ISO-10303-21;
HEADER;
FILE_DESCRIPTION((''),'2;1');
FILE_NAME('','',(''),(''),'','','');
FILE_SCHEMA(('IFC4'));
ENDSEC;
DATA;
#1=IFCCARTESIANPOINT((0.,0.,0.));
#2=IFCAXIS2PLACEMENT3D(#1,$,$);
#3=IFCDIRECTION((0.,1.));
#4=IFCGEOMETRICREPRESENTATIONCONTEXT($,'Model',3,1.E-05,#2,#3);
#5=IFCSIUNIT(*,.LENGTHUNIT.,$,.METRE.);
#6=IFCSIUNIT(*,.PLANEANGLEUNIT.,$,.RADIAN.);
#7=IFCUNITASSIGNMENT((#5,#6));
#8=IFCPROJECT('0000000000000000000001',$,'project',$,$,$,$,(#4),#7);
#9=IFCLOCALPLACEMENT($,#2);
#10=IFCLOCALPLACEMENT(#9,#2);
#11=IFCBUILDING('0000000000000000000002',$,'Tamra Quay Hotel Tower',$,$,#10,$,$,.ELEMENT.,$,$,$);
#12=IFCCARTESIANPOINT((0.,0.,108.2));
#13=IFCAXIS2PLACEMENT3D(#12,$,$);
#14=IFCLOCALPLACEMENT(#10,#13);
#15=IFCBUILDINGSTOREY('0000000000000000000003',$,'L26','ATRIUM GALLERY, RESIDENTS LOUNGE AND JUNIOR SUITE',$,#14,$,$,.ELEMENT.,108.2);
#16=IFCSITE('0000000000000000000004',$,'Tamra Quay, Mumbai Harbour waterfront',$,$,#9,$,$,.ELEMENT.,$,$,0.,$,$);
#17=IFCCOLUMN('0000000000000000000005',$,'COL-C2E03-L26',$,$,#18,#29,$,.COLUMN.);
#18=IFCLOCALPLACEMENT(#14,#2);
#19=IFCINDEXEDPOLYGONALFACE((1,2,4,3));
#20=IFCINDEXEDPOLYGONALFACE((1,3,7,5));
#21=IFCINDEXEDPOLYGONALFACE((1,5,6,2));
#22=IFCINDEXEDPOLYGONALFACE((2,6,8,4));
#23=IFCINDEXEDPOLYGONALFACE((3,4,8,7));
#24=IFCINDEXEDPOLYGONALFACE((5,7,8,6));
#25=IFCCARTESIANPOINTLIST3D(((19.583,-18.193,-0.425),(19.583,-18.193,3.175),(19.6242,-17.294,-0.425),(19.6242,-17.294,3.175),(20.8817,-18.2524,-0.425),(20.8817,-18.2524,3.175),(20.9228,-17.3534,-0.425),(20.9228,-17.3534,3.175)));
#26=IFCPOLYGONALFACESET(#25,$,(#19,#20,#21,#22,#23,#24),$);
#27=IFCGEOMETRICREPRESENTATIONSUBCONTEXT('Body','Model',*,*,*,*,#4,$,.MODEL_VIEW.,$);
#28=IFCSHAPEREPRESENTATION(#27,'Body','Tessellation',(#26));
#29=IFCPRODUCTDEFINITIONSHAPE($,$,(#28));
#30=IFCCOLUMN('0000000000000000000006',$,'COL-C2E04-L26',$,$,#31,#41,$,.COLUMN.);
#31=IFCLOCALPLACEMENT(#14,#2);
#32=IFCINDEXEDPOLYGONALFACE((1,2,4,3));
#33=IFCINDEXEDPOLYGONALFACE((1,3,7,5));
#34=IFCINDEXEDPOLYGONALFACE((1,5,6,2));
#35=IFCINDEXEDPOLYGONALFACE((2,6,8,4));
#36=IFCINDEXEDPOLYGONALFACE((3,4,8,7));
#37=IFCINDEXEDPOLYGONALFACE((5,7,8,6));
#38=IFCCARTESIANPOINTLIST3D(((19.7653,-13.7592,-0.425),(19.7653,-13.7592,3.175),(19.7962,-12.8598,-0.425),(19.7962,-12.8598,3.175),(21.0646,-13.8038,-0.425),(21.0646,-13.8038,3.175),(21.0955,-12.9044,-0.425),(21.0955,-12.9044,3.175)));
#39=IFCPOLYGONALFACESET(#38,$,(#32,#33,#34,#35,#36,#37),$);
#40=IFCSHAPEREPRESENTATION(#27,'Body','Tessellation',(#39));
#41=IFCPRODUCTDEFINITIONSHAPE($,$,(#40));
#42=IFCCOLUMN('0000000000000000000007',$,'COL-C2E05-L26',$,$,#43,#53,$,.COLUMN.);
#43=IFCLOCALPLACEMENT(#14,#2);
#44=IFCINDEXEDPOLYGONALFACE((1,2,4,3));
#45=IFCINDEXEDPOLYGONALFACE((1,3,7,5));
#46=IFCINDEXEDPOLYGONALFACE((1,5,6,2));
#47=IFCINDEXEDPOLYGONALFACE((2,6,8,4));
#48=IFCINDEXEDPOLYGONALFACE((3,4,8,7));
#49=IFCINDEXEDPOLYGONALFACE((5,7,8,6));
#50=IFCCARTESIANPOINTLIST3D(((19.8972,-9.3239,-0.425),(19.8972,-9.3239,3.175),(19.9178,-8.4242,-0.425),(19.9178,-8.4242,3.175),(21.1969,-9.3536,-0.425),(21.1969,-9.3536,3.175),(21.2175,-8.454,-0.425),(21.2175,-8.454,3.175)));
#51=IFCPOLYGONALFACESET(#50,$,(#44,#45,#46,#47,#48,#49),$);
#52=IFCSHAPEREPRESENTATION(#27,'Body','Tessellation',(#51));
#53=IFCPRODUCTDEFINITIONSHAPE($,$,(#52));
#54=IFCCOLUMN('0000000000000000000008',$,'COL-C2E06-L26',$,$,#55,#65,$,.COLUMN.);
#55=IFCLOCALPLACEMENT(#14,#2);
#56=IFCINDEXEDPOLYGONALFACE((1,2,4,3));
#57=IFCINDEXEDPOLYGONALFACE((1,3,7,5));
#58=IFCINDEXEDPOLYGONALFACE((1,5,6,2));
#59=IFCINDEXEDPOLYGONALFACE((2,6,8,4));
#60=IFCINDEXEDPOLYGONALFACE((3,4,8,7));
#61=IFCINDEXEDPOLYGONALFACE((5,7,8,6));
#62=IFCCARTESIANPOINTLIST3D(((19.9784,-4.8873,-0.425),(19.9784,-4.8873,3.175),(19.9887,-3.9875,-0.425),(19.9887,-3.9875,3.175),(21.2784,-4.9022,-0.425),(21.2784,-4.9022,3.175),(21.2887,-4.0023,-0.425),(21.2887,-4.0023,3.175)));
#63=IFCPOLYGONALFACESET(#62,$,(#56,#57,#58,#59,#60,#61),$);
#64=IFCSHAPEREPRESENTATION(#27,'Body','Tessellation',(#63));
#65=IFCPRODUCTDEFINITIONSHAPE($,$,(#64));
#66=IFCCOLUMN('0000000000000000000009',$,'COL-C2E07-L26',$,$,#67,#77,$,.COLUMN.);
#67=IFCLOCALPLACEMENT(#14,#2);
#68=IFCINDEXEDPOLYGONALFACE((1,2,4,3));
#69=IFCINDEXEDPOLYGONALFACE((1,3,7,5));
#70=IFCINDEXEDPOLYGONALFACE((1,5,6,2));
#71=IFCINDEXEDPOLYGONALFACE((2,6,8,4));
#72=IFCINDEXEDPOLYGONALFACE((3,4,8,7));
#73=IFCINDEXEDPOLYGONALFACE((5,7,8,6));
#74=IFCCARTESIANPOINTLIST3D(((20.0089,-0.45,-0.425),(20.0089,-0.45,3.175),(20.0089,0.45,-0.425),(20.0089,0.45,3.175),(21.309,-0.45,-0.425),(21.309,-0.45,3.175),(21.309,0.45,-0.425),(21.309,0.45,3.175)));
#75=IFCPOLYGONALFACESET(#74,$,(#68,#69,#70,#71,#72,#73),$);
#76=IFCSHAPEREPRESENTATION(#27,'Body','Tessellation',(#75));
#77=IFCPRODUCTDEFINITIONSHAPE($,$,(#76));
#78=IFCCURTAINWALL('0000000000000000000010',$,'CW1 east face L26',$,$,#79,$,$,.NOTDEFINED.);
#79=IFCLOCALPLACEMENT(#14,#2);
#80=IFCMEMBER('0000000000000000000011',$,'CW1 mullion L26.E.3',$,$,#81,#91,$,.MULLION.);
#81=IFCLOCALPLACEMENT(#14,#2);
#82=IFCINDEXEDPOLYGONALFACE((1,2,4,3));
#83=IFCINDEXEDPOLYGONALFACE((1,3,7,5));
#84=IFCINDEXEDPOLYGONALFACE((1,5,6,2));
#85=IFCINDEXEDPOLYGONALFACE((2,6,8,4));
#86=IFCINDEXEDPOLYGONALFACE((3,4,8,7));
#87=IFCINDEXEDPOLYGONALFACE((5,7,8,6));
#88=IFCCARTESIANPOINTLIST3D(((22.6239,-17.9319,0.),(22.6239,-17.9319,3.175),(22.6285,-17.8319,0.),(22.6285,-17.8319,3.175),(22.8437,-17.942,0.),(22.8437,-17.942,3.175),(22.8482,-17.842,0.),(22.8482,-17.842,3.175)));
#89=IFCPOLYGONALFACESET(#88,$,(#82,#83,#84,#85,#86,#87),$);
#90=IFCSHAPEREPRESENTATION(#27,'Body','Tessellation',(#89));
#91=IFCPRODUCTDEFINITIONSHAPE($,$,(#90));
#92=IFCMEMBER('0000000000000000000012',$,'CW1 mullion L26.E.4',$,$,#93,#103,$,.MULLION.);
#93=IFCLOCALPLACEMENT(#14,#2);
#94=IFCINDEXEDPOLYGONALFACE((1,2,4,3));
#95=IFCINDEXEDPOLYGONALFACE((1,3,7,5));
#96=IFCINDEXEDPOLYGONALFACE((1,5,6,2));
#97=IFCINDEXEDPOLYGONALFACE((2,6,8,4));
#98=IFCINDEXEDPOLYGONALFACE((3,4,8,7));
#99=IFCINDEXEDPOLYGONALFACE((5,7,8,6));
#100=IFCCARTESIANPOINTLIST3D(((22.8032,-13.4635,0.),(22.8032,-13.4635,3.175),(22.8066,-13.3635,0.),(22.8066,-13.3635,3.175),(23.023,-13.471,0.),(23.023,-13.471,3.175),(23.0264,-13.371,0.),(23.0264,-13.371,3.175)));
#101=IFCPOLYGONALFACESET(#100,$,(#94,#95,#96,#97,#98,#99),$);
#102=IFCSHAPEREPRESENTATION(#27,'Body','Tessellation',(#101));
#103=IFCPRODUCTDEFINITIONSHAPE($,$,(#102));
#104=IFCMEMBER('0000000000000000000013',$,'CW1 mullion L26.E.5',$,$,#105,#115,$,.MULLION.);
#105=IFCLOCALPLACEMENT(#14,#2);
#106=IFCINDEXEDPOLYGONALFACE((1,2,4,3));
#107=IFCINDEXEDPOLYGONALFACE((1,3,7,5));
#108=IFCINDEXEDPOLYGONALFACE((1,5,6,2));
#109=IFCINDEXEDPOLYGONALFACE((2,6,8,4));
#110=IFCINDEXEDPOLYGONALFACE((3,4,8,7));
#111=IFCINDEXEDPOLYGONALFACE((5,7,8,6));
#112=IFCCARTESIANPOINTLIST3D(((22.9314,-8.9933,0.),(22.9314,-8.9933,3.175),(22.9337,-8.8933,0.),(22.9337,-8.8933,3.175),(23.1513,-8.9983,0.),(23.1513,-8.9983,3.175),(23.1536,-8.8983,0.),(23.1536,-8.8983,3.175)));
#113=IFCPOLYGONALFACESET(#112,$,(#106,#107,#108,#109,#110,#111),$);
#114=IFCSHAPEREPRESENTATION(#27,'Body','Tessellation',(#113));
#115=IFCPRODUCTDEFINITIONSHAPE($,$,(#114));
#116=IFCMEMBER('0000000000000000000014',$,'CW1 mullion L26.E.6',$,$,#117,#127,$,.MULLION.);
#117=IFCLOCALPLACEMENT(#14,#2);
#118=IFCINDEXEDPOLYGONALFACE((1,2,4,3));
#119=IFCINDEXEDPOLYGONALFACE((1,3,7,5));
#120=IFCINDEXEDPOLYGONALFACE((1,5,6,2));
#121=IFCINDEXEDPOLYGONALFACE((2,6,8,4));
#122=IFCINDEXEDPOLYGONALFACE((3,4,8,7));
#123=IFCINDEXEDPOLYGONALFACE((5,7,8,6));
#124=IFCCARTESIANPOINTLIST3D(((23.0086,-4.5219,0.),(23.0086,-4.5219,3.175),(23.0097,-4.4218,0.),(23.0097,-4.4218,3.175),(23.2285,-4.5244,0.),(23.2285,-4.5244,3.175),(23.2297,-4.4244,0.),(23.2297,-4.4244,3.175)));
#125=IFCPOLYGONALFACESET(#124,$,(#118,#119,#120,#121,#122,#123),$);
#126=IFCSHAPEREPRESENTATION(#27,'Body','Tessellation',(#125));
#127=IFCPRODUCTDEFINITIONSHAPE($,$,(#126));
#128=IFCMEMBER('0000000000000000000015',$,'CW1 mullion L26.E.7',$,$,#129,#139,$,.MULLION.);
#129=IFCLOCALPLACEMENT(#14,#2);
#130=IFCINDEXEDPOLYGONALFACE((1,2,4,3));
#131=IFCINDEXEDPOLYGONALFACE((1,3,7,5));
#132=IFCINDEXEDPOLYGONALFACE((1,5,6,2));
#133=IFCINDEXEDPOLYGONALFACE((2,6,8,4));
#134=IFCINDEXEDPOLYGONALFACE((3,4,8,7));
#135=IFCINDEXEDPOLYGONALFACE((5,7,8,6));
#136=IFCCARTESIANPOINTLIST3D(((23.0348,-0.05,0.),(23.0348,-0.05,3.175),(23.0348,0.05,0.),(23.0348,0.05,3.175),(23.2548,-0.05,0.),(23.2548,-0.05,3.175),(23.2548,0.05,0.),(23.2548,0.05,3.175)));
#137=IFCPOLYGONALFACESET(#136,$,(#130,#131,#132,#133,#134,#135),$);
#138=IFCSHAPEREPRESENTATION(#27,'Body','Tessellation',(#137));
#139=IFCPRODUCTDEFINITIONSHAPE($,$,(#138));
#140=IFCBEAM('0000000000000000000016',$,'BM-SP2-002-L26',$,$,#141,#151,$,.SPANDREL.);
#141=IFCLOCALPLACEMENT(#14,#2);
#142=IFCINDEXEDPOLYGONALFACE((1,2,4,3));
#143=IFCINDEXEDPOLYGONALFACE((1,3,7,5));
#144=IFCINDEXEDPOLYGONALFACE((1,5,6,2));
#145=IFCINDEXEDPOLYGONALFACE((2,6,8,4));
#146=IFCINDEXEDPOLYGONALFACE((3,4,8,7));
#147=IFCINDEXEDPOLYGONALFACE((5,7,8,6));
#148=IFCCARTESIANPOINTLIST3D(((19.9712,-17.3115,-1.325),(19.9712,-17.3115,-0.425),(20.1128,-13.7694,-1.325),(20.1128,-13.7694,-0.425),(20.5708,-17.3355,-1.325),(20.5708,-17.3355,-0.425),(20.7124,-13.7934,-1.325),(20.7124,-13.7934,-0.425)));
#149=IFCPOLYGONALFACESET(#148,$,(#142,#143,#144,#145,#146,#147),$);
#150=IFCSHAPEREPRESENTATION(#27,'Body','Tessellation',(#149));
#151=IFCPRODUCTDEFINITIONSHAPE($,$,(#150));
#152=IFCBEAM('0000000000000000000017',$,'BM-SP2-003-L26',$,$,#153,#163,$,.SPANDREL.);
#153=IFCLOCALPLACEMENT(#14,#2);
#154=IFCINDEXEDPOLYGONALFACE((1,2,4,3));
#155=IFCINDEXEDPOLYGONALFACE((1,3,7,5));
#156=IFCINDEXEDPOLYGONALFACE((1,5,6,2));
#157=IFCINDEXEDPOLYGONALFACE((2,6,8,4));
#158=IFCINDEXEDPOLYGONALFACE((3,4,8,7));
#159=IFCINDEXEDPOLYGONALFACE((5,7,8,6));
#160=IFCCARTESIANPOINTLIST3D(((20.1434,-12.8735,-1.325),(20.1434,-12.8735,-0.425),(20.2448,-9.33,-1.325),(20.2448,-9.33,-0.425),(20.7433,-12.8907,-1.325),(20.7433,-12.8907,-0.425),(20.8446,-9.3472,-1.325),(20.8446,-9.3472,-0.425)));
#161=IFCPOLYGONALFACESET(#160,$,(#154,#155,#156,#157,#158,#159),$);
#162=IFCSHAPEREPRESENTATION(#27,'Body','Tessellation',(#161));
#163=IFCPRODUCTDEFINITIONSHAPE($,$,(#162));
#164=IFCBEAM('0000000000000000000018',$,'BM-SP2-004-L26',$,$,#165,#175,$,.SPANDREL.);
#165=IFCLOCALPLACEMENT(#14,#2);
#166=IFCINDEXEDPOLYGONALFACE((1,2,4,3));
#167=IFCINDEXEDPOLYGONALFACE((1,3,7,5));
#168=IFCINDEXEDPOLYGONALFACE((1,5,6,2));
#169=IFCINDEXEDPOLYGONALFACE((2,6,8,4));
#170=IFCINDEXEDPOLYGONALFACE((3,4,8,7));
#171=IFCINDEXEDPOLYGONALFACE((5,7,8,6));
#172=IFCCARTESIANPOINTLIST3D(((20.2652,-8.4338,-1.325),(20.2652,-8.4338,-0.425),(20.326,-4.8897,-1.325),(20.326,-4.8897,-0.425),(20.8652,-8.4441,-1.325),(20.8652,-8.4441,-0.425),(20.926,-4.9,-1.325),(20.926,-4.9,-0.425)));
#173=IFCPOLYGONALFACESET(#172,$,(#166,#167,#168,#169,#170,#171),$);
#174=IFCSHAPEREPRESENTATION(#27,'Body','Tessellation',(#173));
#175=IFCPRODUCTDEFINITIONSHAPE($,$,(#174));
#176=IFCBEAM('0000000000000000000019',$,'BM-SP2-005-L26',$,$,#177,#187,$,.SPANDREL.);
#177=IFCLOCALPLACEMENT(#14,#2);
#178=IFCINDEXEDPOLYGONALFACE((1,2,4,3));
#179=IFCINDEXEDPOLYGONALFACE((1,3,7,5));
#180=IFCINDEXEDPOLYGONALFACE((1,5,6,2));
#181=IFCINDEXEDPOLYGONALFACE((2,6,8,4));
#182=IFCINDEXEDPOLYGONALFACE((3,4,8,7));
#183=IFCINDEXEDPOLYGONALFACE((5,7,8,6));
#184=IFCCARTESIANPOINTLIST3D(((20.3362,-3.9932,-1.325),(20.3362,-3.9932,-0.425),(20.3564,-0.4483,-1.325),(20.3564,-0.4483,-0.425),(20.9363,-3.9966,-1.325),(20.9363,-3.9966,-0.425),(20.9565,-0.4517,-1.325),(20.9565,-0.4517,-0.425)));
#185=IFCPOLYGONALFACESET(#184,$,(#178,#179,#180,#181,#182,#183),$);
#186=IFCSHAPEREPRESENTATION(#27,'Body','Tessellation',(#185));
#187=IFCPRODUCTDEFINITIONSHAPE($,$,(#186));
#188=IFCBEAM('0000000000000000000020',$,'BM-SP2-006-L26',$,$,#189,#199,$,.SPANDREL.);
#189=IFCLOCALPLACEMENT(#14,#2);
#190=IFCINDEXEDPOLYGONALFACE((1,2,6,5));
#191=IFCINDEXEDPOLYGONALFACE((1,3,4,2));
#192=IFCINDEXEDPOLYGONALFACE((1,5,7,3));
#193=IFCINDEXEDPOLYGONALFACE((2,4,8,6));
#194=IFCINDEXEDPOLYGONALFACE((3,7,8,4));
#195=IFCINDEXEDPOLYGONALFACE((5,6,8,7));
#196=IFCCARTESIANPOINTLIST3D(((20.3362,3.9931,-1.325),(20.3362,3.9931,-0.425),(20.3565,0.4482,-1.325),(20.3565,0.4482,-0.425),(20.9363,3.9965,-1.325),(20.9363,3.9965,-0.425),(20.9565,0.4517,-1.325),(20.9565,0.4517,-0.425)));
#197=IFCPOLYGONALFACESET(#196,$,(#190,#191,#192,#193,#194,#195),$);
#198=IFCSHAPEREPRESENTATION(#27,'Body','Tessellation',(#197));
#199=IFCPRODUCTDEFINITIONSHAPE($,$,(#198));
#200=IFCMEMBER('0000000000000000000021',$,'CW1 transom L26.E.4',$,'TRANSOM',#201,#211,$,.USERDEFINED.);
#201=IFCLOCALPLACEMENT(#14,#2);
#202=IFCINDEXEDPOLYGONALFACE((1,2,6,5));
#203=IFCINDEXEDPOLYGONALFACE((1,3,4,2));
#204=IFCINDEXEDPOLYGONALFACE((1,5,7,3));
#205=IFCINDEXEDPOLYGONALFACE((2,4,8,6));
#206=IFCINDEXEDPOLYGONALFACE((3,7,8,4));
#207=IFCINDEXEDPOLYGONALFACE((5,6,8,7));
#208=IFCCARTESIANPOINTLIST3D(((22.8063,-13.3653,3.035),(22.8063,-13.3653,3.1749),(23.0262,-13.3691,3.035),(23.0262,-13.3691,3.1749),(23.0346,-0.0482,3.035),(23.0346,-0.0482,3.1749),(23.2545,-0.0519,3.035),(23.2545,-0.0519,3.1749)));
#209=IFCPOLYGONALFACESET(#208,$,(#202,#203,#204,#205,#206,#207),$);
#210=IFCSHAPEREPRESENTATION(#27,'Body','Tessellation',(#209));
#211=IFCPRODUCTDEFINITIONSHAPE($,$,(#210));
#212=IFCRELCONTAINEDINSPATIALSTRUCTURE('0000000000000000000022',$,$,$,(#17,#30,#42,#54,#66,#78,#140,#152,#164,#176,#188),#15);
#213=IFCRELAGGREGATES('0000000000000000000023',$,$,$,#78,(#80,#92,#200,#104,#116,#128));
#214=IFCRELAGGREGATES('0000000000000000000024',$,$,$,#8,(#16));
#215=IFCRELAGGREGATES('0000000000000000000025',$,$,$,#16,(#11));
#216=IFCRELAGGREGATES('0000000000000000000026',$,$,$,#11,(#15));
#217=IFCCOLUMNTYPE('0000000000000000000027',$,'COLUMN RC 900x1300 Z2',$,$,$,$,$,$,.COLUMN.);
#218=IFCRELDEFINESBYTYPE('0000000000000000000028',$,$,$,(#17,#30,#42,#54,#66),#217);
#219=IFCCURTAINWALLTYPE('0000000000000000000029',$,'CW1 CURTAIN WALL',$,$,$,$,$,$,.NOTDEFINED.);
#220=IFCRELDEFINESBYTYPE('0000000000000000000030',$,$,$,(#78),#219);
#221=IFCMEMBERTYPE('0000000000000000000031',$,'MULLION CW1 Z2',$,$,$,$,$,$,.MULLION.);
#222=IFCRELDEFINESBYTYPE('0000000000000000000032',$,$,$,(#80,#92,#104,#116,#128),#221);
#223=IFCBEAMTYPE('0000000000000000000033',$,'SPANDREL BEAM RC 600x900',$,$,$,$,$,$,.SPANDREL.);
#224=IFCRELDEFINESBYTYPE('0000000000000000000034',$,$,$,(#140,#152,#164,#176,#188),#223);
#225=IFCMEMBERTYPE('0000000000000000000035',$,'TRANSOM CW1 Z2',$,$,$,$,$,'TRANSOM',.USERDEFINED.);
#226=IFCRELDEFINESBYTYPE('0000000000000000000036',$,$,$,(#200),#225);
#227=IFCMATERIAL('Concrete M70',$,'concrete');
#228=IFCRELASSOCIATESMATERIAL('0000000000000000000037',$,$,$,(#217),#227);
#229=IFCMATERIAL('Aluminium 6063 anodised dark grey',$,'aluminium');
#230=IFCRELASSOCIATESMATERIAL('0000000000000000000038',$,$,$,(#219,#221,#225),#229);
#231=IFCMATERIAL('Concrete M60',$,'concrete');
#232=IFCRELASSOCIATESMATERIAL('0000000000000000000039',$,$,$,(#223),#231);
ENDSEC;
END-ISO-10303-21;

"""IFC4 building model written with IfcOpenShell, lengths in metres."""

from ifc_helpers import new_model, si_unit, direction, frame, origin, origin_2d, place, context, subcontext, project, spatial, rectangle, extrude, material, material_profile, profile_set, type_object, element, aggregate, save


model = new_model("IFC4")

# Units and contexts
model_context = context("Model", 3, precision=1e-05, world=origin(), true_north=direction((0.0, 1.0)))
body_context = subcontext(model_context, "Body", "Model", "MODEL_VIEW")
ifc_project = project(units=[si_unit("LENGTHUNIT", "METRE"), si_unit("PLANEANGLEUNIT", "RADIAN")], contexts=[model_context])

# Site, building, storey
site_placement = place(None, origin())
site = spatial("IfcSite", under=ifc_project, at=site_placement, Name="Tamra Quay, Mumbai Harbour waterfront", CompositionType="ELEMENT", RefElevation=0.0)
building_placement = place(site_placement, origin())
building = spatial("IfcBuilding", under=site, at=building_placement, Name="Tamra Quay Hotel Tower", CompositionType="ELEMENT")
storey_placement = place(building_placement, frame((0.0, 0.0, 108.2)))
storey = spatial("IfcBuildingStorey", under=building, at=storey_placement, Name="L26", Description="ATRIUM GALLERY, RESIDENTS LOUNGE AND JUNIOR SUITE", CompositionType="ELEMENT", Elevation=108.2)

# Columns
ifc_material_1 = material(Name="Concrete M70", Category="concrete")
ifc_material_profile_1 = material_profile(ifc_material_1, rectangle(XDim=1.3, YDim=0.8999, at=origin_2d()), Name="COLUMN RC 900x1300 Z2")
ifc_profile_set_1 = profile_set([ifc_material_profile_1], Name="Concrete M70")
column_type = type_object("IfcColumnType", Name="COLUMN RC 900x1300 Z2", PredefinedType="COLUMN", material=ifc_profile_set_1)
for number, where, z_axis, x_axis, name in (
    (1, (20.2529, -17.7732, -0.425), (0.0, 0.0, 1.0), (-0.998955, 0.045712, 0.0), "COL-C2E03-L26"),
    (2, (20.4304, -13.3318, -0.425), (0.0, 0.0, 1.0), (-0.999412, 0.034299, 0.0), "COL-C2E04-L26"),
    (3, (20.5574, -8.8889, -0.425), (0.0, 0.0, 1.0), (-0.999738, 0.022874, 0.0), "COL-C2E05-L26"),
    (4, (20.6335, -4.4448, -0.425), (0.0, 0.0, 1.0), (-0.999935, 0.011439, 0.0), "COL-C2E06-L26"),
    (5, (20.6589, 0.0, -0.425), (0.0, 0.0, 1.0), (1.0, 0.0, 0.0), "COL-C2E07-L26"),
):
    element("IfcColumn", number, at=place(storey_placement, frame(where, z_axis=z_axis, x_axis=x_axis)), inside=storey, type_object=column_type, Name=name, PredefinedType="COLUMN", context=body_context, shape_type="SweptSolid", body=[
        extrude(rectangle(XDim=1.3, YDim=0.8999, at=origin_2d()), origin(), (0.0, 0.0, 1.0), 3.6001),
    ])

# Curtain wall, members
ifc_material_2 = material(Name="Aluminium 6063 anodised dark grey", Category="aluminium")
curtain_wall_type = type_object("IfcCurtainWallType", Name="CW1 CURTAIN WALL", PredefinedType="NOTDEFINED", material=ifc_material_2)
curtain_wall_placement = place(storey_placement, origin())
curtain_wall = element("IfcCurtainWall", 6, at=curtain_wall_placement, inside=storey, type_object=curtain_wall_type, Name="CW1 east face L26", PredefinedType="NOTDEFINED")
ifc_material_profile_2 = material_profile(ifc_material_2, rectangle(XDim=0.22, YDim=0.1001, at=origin_2d()), Name="MULLION 100X220")
ifc_profile_set_2 = profile_set([ifc_material_profile_2], Name="Aluminium 6063 anodised dark grey")
member_type_1 = type_object("IfcMemberType", Name="MULLION CW1 Z2", PredefinedType="MULLION", material=ifc_profile_set_2)
member_1_placement = place(storey_placement, frame((22.7361, -17.887, 0.0), z_axis=(0.0, 0.0, 1.0), x_axis=(0.998958, -0.045633, 0.0)))
member_1 = element("IfcMember", 7, at=member_1_placement, type_object=member_type_1, Name="CW1 mullion L26.E.3", PredefinedType="MULLION", context=body_context, shape_type="SweptSolid", body=[
    extrude(rectangle(XDim=0.22, YDim=0.1001, at=origin_2d()), origin(), (0.0, 0.0, 1.0), 3.175),
])
member_2_placement = place(storey_placement, frame((22.9148, -13.4172, 0.0), z_axis=(0.0, 0.0, 1.0), x_axis=(0.999413, -0.034246, 0.0)))
member_2 = element("IfcMember", 8, at=member_2_placement, type_object=member_type_1, Name="CW1 mullion L26.E.4", PredefinedType="MULLION", context=body_context, shape_type="SweptSolid", body=[
    extrude(rectangle(XDim=0.22, YDim=0.1001, at=origin_2d()), origin(), (0.0, 0.0, 1.0), 3.175),
])
member_3_placement = place(storey_placement, frame((23.0425, -8.9458, 0.0), z_axis=(0.0, 0.0, 1.0), x_axis=(0.999739, -0.022841, 0.0)))
member_3 = element("IfcMember", 9, at=member_3_placement, type_object=member_type_1, Name="CW1 mullion L26.E.5", PredefinedType="MULLION", context=body_context, shape_type="SweptSolid", body=[
    extrude(rectangle(XDim=0.22, YDim=0.1001, at=origin_2d()), origin(), (0.0, 0.0, 1.0), 3.175),
])
member_4_placement = place(storey_placement, frame((23.1191, -4.4731, 0.0), z_axis=(0.0, 0.0, 1.0), x_axis=(0.999935, -0.011424, 0.0)))
member_4 = element("IfcMember", 10, at=member_4_placement, type_object=member_type_1, Name="CW1 mullion L26.E.6", PredefinedType="MULLION", context=body_context, shape_type="SweptSolid", body=[
    extrude(rectangle(XDim=0.22, YDim=0.1001, at=origin_2d()), origin(), (0.0, 0.0, 1.0), 3.175),
])
member_5_placement = place(storey_placement, frame((23.1448, 0.0, 0.0), z_axis=(0.0, 0.0, 1.0), x_axis=(1.0, 0.0, 0.0)))
member_5 = element("IfcMember", 11, at=member_5_placement, type_object=member_type_1, Name="CW1 mullion L26.E.7", PredefinedType="MULLION", context=body_context, shape_type="SweptSolid", body=[
    extrude(rectangle(XDim=0.22, YDim=0.1001, at=origin_2d()), origin(), (0.0, 0.0, 1.0), 3.175),
])

# Beams
ifc_material_3 = material(Name="Concrete M60", Category="concrete")
ifc_material_profile_3 = material_profile(ifc_material_3, rectangle(XDim=0.6001, YDim=0.8999, at=origin_2d()), Name="SPANDREL BEAM RC 600x900")
ifc_profile_set_3 = profile_set([ifc_material_profile_3], Name="Concrete M60")
beam_type = type_object("IfcBeamType", Name="SPANDREL BEAM RC 600x900", PredefinedType="SPANDREL", material=ifc_profile_set_3)
for number, where, z_axis, x_axis, name in (
    (12, (20.271, -17.3235, -0.875), (0.039946, 0.999202, 0.0), (-0.999202, 0.039946, 0.0), "BM-SP2-002-L26"),
    (13, (20.4434, -12.8821, -0.875), (0.028581, 0.999591, 0.0), (-0.999591, 0.028581, 0.0), "BM-SP2-003-L26"),
):
    element("IfcBeam", number, at=place(storey_placement, frame(where, z_axis=z_axis, x_axis=x_axis)), inside=storey, type_object=beam_type, Name=name, PredefinedType="SPANDREL", context=body_context, shape_type="SweptSolid", body=[
        extrude(rectangle(XDim=0.6001, YDim=0.8999, at=origin_2d()), origin(), (0.0, 0.0, 1.0), 3.5449),
    ])
beam_placement = place(storey_placement, frame((20.5652, -8.439, -0.875), z_axis=(0.01715, 0.999853, 0.0), x_axis=(-0.999853, 0.01715, 0.0)))
element("IfcBeam", 14, at=beam_placement, inside=storey, type_object=beam_type, Name="BM-SP2-004-L26", PredefinedType="SPANDREL", context=body_context, shape_type="SweptSolid", body=[
    extrude(rectangle(XDim=0.6001, YDim=0.8999, at=origin_2d()), origin(), (0.0, 0.0, 1.0), 3.5447),
])
for number, where, z_axis, x_axis, name in (
    (15, (20.6362, -3.9949, -0.875), (0.005716, 0.999984, 0.0), (-0.999984, 0.005716, 0.0), "BM-SP2-005-L26"),
    (16, (20.6565, 0.45, -0.875), (-0.005716, 0.999984, 0.0), (-0.999984, -0.005716, 0.0), "BM-SP2-006-L26"),
):
    element("IfcBeam", number, at=place(storey_placement, frame(where, z_axis=z_axis, x_axis=x_axis)), inside=storey, type_object=beam_type, Name=name, PredefinedType="SPANDREL", context=body_context, shape_type="SweptSolid", body=[
        extrude(rectangle(XDim=0.6001, YDim=0.8999, at=origin_2d()), origin(), (0.0, 0.0, 1.0), 3.5449),
    ])

# Member
ifc_material_profile_4 = material_profile(ifc_material_2, rectangle(XDim=0.22, YDim=0.1399, at=origin_2d()), Name="TRANSOM 220X140")
ifc_profile_set_4 = profile_set([ifc_material_profile_4], Name="Aluminium 6063 anodised dark grey")
member_type_2 = type_object("IfcMemberType", Name="TRANSOM CW1 Z2", ElementType="TRANSOM", PredefinedType="USERDEFINED", material=ifc_profile_set_4)
member_6_placement = place(storey_placement, frame((22.9163, -13.3672, 3.105), z_axis=(0.017139, 0.999853, 0.0), x_axis=(-0.999853, 0.017139, 0.0)))
member_6 = element("IfcMember", 17, at=member_6_placement, type_object=member_type_2, Name="CW1 transom L26.E.4", ObjectType="TRANSOM", PredefinedType="USERDEFINED", context=body_context, shape_type="SweptSolid", body=[
    extrude(rectangle(XDim=0.22, YDim=0.1399, at=origin_2d()), origin(), (0.0, 0.0, 1.0), 13.3191),
])

aggregate(curtain_wall, [member_1, member_2, member_6, member_3, member_4, member_5])

save(model, "model.ifc")
